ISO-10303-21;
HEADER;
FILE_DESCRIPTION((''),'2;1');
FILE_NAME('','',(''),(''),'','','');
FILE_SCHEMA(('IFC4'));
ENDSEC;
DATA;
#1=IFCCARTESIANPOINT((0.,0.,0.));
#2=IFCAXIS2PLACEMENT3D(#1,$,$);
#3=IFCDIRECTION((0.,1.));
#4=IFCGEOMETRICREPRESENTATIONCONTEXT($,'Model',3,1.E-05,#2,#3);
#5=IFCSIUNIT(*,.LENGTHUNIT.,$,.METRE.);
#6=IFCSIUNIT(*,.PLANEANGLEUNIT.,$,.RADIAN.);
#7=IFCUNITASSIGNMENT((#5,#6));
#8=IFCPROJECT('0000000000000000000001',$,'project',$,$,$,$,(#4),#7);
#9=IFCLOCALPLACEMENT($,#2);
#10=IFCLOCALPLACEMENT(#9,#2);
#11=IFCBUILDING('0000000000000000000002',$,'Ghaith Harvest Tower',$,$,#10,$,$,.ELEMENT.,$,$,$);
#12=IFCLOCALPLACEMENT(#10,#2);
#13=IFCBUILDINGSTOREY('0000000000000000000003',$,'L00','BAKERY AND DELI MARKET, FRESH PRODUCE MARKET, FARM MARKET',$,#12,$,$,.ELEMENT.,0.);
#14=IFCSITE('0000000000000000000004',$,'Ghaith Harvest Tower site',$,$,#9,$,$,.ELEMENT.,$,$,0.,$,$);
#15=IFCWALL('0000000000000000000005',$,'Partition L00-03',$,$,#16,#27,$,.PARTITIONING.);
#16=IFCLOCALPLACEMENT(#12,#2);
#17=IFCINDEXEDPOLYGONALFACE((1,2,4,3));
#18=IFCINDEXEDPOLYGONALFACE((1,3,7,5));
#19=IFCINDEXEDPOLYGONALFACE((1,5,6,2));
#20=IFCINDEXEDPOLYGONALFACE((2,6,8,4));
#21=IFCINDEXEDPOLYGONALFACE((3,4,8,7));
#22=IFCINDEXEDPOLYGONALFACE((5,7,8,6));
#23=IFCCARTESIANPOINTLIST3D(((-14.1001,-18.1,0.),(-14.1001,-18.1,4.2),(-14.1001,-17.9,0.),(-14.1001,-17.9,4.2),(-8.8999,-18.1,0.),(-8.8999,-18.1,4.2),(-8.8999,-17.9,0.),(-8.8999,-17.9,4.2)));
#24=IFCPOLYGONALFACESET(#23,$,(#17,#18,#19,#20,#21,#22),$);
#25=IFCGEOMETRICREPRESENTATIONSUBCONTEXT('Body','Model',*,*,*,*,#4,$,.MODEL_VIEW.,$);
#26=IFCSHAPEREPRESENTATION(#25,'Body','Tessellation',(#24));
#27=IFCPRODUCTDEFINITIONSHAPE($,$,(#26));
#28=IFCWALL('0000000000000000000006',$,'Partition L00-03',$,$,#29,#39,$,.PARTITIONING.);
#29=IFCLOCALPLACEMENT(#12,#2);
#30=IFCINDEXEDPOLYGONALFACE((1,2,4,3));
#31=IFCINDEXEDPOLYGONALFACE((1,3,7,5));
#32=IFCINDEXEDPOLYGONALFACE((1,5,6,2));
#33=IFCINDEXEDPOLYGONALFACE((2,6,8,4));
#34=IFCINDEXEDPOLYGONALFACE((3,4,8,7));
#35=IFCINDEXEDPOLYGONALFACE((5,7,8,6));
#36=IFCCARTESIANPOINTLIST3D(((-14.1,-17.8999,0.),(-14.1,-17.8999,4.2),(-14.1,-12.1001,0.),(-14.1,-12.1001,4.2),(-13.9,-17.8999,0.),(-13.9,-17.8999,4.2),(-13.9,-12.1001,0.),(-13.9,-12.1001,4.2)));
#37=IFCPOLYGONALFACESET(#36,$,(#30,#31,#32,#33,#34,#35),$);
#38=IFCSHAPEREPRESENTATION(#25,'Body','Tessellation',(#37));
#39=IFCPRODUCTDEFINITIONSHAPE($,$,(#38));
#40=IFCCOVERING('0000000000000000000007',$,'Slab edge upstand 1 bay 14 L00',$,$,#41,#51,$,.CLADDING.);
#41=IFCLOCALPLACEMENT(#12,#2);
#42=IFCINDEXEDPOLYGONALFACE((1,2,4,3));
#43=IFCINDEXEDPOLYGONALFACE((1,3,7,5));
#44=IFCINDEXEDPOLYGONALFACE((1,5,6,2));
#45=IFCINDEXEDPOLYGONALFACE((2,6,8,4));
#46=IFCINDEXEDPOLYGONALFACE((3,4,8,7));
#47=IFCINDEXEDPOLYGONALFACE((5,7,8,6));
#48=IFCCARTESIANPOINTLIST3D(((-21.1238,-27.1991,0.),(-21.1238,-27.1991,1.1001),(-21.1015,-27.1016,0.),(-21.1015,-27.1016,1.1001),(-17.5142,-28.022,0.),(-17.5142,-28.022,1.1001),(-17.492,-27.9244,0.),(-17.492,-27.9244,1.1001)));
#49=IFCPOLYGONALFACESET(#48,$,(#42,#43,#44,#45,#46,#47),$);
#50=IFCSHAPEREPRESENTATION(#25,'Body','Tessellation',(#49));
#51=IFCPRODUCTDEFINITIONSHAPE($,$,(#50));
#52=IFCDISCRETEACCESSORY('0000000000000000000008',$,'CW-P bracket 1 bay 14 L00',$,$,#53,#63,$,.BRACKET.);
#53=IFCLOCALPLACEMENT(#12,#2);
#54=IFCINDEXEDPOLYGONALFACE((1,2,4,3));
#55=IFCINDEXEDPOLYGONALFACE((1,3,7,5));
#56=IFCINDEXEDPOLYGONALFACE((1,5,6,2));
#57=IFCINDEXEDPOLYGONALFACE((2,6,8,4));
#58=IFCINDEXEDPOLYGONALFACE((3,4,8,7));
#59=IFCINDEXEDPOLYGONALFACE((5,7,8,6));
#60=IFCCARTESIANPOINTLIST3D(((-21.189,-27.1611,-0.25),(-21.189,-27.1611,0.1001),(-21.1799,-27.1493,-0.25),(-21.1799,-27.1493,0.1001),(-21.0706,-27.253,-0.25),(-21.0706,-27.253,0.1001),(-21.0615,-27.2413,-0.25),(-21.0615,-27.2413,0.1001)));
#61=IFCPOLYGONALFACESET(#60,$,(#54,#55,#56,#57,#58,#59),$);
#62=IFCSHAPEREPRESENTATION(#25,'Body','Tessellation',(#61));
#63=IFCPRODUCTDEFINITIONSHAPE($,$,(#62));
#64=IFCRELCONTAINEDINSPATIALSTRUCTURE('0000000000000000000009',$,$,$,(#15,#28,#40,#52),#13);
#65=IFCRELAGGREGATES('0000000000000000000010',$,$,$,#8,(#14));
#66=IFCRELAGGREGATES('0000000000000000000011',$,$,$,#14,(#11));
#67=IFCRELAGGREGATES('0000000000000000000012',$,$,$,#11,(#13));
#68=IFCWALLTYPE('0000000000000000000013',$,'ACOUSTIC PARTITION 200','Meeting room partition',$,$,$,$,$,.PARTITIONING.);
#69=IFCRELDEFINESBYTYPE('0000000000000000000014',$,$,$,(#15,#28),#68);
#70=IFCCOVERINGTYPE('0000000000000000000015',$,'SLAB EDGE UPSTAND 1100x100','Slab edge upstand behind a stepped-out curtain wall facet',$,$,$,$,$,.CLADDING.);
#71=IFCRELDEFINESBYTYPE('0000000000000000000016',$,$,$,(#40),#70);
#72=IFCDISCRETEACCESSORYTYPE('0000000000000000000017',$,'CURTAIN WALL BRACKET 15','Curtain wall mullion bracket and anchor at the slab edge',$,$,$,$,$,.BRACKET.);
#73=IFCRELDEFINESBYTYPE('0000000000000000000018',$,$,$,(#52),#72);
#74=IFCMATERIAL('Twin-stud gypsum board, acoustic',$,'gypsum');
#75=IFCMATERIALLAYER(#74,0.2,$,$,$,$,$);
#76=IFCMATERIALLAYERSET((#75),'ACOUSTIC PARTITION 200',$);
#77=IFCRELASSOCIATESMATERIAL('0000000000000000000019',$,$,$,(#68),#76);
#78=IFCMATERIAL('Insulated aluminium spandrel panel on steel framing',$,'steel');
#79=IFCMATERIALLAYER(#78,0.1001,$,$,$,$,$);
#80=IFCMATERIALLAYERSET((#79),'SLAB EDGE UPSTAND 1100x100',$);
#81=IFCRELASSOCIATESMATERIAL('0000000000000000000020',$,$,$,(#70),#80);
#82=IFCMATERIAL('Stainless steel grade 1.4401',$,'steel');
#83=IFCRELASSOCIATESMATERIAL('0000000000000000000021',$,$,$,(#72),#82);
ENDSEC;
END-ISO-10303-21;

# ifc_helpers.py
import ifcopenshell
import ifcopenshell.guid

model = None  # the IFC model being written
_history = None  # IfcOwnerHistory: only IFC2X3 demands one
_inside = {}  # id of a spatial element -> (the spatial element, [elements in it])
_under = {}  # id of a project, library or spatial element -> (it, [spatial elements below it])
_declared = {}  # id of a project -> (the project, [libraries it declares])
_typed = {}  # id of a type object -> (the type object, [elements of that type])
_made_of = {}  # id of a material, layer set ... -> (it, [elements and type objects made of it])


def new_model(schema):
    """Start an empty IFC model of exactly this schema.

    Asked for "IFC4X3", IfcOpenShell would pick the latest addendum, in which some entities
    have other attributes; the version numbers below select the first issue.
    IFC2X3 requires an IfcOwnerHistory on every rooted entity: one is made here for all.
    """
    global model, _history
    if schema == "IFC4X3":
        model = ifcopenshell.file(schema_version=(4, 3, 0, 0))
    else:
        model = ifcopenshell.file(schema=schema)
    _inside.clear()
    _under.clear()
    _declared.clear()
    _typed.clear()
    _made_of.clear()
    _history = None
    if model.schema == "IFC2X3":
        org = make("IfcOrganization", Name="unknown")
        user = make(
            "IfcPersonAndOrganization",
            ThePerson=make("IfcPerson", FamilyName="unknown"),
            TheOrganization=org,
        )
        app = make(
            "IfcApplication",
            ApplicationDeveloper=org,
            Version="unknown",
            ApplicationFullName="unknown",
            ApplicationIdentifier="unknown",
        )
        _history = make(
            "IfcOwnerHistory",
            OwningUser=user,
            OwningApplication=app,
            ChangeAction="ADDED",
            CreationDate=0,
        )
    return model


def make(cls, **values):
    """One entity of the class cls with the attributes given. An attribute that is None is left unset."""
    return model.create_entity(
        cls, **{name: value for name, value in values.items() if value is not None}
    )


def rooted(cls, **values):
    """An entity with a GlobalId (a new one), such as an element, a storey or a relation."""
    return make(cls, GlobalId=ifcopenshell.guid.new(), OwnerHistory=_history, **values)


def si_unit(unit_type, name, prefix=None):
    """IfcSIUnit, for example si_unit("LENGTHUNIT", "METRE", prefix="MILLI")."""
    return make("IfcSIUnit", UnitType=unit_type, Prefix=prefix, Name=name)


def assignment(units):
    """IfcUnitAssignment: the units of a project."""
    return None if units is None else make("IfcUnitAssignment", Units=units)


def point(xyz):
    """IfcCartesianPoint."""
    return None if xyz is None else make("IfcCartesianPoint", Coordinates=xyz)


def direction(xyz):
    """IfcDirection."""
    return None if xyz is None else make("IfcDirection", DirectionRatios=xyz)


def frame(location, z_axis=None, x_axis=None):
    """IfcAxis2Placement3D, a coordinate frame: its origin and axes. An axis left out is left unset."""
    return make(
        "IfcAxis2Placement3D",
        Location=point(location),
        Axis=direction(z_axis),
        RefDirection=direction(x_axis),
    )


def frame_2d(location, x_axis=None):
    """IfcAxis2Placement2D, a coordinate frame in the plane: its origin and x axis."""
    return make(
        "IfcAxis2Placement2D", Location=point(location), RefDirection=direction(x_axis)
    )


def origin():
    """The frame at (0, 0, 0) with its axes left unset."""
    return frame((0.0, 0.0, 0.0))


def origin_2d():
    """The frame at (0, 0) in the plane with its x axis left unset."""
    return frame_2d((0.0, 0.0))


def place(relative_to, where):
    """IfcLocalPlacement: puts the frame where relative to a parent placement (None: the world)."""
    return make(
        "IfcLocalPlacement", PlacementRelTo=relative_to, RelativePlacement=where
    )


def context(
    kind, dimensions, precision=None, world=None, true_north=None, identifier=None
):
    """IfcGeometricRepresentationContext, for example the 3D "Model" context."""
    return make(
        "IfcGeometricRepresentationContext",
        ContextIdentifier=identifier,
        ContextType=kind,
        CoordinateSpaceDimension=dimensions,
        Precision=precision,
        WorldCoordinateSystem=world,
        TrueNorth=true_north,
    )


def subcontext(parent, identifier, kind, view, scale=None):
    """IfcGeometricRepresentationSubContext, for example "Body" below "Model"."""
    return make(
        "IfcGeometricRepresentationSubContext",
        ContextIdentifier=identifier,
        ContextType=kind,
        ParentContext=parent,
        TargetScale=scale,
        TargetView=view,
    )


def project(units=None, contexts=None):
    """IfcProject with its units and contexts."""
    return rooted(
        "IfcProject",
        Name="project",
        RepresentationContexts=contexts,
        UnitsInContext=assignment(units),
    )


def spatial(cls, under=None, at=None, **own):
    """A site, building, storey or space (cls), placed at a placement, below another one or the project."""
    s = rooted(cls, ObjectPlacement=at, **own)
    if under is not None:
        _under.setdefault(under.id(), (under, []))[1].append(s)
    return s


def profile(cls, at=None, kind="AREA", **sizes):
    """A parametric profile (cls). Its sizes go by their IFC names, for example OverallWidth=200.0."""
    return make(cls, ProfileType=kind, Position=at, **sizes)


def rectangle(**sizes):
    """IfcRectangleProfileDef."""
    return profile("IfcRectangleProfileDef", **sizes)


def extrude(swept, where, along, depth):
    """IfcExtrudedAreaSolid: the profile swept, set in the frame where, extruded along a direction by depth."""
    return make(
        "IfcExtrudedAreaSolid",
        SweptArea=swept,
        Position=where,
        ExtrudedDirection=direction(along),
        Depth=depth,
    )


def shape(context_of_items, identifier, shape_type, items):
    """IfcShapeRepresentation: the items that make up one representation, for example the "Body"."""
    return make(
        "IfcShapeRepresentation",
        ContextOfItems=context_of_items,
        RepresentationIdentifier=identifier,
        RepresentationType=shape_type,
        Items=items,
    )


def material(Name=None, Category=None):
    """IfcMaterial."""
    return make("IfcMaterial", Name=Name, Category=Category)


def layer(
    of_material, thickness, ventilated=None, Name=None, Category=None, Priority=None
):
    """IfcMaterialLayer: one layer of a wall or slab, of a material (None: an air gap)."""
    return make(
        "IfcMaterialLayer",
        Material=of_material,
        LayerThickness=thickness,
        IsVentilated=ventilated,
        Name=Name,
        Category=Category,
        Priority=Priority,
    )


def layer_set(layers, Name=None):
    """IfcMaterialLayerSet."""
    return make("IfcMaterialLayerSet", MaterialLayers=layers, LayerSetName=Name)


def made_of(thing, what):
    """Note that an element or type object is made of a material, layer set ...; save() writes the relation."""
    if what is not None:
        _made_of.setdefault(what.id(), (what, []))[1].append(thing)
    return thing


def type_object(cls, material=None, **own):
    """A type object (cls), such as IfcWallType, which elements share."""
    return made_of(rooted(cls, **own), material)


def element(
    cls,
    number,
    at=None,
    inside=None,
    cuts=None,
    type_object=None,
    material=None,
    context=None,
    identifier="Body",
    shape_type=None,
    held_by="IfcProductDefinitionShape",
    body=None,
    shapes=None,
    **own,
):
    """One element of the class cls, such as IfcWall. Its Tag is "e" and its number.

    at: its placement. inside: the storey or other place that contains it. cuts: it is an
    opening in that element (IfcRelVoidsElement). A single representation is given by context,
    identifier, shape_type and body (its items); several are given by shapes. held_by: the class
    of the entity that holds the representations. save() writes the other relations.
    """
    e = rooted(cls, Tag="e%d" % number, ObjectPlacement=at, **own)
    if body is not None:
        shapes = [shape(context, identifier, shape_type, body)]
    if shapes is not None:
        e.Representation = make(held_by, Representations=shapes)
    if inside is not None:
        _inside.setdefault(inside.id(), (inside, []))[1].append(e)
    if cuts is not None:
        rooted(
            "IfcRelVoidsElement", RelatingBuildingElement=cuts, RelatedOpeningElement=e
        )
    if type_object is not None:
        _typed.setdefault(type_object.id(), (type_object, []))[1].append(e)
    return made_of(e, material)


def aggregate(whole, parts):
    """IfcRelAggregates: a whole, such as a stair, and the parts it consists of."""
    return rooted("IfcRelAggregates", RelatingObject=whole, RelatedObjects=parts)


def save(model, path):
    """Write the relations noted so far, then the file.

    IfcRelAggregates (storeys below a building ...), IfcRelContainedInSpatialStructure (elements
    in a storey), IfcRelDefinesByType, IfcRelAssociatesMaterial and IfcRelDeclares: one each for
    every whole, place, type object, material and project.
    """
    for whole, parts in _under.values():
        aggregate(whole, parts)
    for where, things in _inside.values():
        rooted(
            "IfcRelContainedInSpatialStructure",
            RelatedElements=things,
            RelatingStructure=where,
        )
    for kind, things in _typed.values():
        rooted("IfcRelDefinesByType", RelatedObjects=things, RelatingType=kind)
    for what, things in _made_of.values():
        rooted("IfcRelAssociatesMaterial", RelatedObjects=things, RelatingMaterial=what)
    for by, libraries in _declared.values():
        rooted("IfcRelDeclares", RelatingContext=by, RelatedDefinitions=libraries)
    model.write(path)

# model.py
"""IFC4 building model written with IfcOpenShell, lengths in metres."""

from ifc_helpers import new_model, si_unit, direction, frame, frame_2d, origin, origin_2d, place, context, subcontext, project, spatial, rectangle, extrude, material, layer, layer_set, type_object, element, save


model = new_model("IFC4")

# Units and contexts
model_context = context("Model", 3, precision=1e-05, world=origin(), true_north=direction((0.0, 1.0)))
body_context = subcontext(model_context, "Body", "Model", "MODEL_VIEW")
ifc_project = project(units=[si_unit("LENGTHUNIT", "METRE"), si_unit("PLANEANGLEUNIT", "RADIAN")], contexts=[model_context])

# Site, building, storey
site_placement = place(None, origin())
site = spatial("IfcSite", under=ifc_project, at=site_placement, Name="Ghaith Harvest Tower site", CompositionType="ELEMENT", RefElevation=0.0)
building_placement = place(site_placement, origin())
building = spatial("IfcBuilding", under=site, at=building_placement, Name="Ghaith Harvest Tower", CompositionType="ELEMENT")
storey_placement = place(building_placement, origin())
storey = spatial("IfcBuildingStorey", under=building, at=storey_placement, Name="L00", Description="BAKERY AND DELI MARKET, FRESH PRODUCE MARKET, FARM MARKET", CompositionType="ELEMENT", Elevation=0.0)

# Walls
ifc_material_1 = material(Name="Twin-stud gypsum board, acoustic", Category="gypsum")
ifc_layer_1 = layer(ifc_material_1, 0.2)
ifc_layer_set_1 = layer_set([ifc_layer_1], Name="ACOUSTIC PARTITION 200")
wall_type = type_object("IfcWallType", Name="ACOUSTIC PARTITION 200", Description="Meeting room partition", PredefinedType="PARTITIONING", material=ifc_layer_set_1)
wall_1_placement = place(storey_placement, frame((-14.1001, -18.0, 0.0), z_axis=(0.0, 0.0, 1.0), x_axis=(1.0, 0.0, 0.0)))
element("IfcWall", 1, at=wall_1_placement, inside=storey, type_object=wall_type, Name="Partition L00-03", PredefinedType="PARTITIONING", context=body_context, shape_type="SweptSolid", body=[
    extrude(rectangle(XDim=5.2002, YDim=0.2, at=frame_2d((2.6001, 0.0))), origin(), (0.0, 0.0, 1.0), 4.2),
])
wall_2_placement = place(storey_placement, frame((-14.0, -17.8999, 0.0), z_axis=(0.0, 0.0, 1.0), x_axis=(0.0, 1.0, 0.0)))
element("IfcWall", 2, at=wall_2_placement, inside=storey, type_object=wall_type, Name="Partition L00-03", PredefinedType="PARTITIONING", context=body_context, shape_type="SweptSolid", body=[
    extrude(rectangle(XDim=5.7998, YDim=0.2, at=frame_2d((2.8999, 0.0))), origin(), (0.0, 0.0, 1.0), 4.2),
])

# Covering
ifc_material_2 = material(Name="Insulated aluminium spandrel panel on steel framing", Category="steel")
ifc_layer_2 = layer(ifc_material_2, 0.1001)
ifc_layer_set_2 = layer_set([ifc_layer_2], Name="SLAB EDGE UPSTAND 1100x100")
covering_type = type_object("IfcCoveringType", Name="SLAB EDGE UPSTAND 1100x100", Description="Slab edge upstand behind a stepped-out curtain wall facet", PredefinedType="CLADDING", material=ifc_layer_set_2)
covering_placement = place(storey_placement, frame((-19.3079, -27.5618, 0.0), z_axis=(0.0, 0.0, 1.0), x_axis=(0.974988, -0.222259, 0.0)))
element("IfcCovering", 3, at=covering_placement, inside=storey, type_object=covering_type, Name="Slab edge upstand 1 bay 14 L00", PredefinedType="CLADDING", context=body_context, shape_type="SweptSolid", body=[
    extrude(rectangle(XDim=3.7021, YDim=0.1001, at=origin_2d()), origin(), (0.0, 0.0, 1.0), 1.1001),
])

# Discrete accessory
ifc_material_3 = material(Name="Stainless steel grade 1.4401", Category="steel")
discrete_accessory_type = type_object("IfcDiscreteAccessoryType", Name="CURTAIN WALL BRACKET 15", Description="Curtain wall mullion bracket and anchor at the slab edge", PredefinedType="BRACKET", material=ifc_material_3)
discrete_accessory_placement = place(storey_placement, frame((-21.1252, -27.2012, -0.25), z_axis=(0.0, 0.0, 1.0), x_axis=(-0.613378, -0.78979, 0.0)))
element("IfcDiscreteAccessory", 4, at=discrete_accessory_placement, inside=storey, type_object=discrete_accessory_type, Name="CW-P bracket 1 bay 14 L00", PredefinedType="BRACKET", context=body_context, shape_type="SweptSolid", body=[
    extrude(rectangle(XDim=0.0149, YDim=0.1499, at=origin_2d()), origin(), (0.0, 0.0, 1.0), 0.3501),
])

save(model, "model.ifc")
